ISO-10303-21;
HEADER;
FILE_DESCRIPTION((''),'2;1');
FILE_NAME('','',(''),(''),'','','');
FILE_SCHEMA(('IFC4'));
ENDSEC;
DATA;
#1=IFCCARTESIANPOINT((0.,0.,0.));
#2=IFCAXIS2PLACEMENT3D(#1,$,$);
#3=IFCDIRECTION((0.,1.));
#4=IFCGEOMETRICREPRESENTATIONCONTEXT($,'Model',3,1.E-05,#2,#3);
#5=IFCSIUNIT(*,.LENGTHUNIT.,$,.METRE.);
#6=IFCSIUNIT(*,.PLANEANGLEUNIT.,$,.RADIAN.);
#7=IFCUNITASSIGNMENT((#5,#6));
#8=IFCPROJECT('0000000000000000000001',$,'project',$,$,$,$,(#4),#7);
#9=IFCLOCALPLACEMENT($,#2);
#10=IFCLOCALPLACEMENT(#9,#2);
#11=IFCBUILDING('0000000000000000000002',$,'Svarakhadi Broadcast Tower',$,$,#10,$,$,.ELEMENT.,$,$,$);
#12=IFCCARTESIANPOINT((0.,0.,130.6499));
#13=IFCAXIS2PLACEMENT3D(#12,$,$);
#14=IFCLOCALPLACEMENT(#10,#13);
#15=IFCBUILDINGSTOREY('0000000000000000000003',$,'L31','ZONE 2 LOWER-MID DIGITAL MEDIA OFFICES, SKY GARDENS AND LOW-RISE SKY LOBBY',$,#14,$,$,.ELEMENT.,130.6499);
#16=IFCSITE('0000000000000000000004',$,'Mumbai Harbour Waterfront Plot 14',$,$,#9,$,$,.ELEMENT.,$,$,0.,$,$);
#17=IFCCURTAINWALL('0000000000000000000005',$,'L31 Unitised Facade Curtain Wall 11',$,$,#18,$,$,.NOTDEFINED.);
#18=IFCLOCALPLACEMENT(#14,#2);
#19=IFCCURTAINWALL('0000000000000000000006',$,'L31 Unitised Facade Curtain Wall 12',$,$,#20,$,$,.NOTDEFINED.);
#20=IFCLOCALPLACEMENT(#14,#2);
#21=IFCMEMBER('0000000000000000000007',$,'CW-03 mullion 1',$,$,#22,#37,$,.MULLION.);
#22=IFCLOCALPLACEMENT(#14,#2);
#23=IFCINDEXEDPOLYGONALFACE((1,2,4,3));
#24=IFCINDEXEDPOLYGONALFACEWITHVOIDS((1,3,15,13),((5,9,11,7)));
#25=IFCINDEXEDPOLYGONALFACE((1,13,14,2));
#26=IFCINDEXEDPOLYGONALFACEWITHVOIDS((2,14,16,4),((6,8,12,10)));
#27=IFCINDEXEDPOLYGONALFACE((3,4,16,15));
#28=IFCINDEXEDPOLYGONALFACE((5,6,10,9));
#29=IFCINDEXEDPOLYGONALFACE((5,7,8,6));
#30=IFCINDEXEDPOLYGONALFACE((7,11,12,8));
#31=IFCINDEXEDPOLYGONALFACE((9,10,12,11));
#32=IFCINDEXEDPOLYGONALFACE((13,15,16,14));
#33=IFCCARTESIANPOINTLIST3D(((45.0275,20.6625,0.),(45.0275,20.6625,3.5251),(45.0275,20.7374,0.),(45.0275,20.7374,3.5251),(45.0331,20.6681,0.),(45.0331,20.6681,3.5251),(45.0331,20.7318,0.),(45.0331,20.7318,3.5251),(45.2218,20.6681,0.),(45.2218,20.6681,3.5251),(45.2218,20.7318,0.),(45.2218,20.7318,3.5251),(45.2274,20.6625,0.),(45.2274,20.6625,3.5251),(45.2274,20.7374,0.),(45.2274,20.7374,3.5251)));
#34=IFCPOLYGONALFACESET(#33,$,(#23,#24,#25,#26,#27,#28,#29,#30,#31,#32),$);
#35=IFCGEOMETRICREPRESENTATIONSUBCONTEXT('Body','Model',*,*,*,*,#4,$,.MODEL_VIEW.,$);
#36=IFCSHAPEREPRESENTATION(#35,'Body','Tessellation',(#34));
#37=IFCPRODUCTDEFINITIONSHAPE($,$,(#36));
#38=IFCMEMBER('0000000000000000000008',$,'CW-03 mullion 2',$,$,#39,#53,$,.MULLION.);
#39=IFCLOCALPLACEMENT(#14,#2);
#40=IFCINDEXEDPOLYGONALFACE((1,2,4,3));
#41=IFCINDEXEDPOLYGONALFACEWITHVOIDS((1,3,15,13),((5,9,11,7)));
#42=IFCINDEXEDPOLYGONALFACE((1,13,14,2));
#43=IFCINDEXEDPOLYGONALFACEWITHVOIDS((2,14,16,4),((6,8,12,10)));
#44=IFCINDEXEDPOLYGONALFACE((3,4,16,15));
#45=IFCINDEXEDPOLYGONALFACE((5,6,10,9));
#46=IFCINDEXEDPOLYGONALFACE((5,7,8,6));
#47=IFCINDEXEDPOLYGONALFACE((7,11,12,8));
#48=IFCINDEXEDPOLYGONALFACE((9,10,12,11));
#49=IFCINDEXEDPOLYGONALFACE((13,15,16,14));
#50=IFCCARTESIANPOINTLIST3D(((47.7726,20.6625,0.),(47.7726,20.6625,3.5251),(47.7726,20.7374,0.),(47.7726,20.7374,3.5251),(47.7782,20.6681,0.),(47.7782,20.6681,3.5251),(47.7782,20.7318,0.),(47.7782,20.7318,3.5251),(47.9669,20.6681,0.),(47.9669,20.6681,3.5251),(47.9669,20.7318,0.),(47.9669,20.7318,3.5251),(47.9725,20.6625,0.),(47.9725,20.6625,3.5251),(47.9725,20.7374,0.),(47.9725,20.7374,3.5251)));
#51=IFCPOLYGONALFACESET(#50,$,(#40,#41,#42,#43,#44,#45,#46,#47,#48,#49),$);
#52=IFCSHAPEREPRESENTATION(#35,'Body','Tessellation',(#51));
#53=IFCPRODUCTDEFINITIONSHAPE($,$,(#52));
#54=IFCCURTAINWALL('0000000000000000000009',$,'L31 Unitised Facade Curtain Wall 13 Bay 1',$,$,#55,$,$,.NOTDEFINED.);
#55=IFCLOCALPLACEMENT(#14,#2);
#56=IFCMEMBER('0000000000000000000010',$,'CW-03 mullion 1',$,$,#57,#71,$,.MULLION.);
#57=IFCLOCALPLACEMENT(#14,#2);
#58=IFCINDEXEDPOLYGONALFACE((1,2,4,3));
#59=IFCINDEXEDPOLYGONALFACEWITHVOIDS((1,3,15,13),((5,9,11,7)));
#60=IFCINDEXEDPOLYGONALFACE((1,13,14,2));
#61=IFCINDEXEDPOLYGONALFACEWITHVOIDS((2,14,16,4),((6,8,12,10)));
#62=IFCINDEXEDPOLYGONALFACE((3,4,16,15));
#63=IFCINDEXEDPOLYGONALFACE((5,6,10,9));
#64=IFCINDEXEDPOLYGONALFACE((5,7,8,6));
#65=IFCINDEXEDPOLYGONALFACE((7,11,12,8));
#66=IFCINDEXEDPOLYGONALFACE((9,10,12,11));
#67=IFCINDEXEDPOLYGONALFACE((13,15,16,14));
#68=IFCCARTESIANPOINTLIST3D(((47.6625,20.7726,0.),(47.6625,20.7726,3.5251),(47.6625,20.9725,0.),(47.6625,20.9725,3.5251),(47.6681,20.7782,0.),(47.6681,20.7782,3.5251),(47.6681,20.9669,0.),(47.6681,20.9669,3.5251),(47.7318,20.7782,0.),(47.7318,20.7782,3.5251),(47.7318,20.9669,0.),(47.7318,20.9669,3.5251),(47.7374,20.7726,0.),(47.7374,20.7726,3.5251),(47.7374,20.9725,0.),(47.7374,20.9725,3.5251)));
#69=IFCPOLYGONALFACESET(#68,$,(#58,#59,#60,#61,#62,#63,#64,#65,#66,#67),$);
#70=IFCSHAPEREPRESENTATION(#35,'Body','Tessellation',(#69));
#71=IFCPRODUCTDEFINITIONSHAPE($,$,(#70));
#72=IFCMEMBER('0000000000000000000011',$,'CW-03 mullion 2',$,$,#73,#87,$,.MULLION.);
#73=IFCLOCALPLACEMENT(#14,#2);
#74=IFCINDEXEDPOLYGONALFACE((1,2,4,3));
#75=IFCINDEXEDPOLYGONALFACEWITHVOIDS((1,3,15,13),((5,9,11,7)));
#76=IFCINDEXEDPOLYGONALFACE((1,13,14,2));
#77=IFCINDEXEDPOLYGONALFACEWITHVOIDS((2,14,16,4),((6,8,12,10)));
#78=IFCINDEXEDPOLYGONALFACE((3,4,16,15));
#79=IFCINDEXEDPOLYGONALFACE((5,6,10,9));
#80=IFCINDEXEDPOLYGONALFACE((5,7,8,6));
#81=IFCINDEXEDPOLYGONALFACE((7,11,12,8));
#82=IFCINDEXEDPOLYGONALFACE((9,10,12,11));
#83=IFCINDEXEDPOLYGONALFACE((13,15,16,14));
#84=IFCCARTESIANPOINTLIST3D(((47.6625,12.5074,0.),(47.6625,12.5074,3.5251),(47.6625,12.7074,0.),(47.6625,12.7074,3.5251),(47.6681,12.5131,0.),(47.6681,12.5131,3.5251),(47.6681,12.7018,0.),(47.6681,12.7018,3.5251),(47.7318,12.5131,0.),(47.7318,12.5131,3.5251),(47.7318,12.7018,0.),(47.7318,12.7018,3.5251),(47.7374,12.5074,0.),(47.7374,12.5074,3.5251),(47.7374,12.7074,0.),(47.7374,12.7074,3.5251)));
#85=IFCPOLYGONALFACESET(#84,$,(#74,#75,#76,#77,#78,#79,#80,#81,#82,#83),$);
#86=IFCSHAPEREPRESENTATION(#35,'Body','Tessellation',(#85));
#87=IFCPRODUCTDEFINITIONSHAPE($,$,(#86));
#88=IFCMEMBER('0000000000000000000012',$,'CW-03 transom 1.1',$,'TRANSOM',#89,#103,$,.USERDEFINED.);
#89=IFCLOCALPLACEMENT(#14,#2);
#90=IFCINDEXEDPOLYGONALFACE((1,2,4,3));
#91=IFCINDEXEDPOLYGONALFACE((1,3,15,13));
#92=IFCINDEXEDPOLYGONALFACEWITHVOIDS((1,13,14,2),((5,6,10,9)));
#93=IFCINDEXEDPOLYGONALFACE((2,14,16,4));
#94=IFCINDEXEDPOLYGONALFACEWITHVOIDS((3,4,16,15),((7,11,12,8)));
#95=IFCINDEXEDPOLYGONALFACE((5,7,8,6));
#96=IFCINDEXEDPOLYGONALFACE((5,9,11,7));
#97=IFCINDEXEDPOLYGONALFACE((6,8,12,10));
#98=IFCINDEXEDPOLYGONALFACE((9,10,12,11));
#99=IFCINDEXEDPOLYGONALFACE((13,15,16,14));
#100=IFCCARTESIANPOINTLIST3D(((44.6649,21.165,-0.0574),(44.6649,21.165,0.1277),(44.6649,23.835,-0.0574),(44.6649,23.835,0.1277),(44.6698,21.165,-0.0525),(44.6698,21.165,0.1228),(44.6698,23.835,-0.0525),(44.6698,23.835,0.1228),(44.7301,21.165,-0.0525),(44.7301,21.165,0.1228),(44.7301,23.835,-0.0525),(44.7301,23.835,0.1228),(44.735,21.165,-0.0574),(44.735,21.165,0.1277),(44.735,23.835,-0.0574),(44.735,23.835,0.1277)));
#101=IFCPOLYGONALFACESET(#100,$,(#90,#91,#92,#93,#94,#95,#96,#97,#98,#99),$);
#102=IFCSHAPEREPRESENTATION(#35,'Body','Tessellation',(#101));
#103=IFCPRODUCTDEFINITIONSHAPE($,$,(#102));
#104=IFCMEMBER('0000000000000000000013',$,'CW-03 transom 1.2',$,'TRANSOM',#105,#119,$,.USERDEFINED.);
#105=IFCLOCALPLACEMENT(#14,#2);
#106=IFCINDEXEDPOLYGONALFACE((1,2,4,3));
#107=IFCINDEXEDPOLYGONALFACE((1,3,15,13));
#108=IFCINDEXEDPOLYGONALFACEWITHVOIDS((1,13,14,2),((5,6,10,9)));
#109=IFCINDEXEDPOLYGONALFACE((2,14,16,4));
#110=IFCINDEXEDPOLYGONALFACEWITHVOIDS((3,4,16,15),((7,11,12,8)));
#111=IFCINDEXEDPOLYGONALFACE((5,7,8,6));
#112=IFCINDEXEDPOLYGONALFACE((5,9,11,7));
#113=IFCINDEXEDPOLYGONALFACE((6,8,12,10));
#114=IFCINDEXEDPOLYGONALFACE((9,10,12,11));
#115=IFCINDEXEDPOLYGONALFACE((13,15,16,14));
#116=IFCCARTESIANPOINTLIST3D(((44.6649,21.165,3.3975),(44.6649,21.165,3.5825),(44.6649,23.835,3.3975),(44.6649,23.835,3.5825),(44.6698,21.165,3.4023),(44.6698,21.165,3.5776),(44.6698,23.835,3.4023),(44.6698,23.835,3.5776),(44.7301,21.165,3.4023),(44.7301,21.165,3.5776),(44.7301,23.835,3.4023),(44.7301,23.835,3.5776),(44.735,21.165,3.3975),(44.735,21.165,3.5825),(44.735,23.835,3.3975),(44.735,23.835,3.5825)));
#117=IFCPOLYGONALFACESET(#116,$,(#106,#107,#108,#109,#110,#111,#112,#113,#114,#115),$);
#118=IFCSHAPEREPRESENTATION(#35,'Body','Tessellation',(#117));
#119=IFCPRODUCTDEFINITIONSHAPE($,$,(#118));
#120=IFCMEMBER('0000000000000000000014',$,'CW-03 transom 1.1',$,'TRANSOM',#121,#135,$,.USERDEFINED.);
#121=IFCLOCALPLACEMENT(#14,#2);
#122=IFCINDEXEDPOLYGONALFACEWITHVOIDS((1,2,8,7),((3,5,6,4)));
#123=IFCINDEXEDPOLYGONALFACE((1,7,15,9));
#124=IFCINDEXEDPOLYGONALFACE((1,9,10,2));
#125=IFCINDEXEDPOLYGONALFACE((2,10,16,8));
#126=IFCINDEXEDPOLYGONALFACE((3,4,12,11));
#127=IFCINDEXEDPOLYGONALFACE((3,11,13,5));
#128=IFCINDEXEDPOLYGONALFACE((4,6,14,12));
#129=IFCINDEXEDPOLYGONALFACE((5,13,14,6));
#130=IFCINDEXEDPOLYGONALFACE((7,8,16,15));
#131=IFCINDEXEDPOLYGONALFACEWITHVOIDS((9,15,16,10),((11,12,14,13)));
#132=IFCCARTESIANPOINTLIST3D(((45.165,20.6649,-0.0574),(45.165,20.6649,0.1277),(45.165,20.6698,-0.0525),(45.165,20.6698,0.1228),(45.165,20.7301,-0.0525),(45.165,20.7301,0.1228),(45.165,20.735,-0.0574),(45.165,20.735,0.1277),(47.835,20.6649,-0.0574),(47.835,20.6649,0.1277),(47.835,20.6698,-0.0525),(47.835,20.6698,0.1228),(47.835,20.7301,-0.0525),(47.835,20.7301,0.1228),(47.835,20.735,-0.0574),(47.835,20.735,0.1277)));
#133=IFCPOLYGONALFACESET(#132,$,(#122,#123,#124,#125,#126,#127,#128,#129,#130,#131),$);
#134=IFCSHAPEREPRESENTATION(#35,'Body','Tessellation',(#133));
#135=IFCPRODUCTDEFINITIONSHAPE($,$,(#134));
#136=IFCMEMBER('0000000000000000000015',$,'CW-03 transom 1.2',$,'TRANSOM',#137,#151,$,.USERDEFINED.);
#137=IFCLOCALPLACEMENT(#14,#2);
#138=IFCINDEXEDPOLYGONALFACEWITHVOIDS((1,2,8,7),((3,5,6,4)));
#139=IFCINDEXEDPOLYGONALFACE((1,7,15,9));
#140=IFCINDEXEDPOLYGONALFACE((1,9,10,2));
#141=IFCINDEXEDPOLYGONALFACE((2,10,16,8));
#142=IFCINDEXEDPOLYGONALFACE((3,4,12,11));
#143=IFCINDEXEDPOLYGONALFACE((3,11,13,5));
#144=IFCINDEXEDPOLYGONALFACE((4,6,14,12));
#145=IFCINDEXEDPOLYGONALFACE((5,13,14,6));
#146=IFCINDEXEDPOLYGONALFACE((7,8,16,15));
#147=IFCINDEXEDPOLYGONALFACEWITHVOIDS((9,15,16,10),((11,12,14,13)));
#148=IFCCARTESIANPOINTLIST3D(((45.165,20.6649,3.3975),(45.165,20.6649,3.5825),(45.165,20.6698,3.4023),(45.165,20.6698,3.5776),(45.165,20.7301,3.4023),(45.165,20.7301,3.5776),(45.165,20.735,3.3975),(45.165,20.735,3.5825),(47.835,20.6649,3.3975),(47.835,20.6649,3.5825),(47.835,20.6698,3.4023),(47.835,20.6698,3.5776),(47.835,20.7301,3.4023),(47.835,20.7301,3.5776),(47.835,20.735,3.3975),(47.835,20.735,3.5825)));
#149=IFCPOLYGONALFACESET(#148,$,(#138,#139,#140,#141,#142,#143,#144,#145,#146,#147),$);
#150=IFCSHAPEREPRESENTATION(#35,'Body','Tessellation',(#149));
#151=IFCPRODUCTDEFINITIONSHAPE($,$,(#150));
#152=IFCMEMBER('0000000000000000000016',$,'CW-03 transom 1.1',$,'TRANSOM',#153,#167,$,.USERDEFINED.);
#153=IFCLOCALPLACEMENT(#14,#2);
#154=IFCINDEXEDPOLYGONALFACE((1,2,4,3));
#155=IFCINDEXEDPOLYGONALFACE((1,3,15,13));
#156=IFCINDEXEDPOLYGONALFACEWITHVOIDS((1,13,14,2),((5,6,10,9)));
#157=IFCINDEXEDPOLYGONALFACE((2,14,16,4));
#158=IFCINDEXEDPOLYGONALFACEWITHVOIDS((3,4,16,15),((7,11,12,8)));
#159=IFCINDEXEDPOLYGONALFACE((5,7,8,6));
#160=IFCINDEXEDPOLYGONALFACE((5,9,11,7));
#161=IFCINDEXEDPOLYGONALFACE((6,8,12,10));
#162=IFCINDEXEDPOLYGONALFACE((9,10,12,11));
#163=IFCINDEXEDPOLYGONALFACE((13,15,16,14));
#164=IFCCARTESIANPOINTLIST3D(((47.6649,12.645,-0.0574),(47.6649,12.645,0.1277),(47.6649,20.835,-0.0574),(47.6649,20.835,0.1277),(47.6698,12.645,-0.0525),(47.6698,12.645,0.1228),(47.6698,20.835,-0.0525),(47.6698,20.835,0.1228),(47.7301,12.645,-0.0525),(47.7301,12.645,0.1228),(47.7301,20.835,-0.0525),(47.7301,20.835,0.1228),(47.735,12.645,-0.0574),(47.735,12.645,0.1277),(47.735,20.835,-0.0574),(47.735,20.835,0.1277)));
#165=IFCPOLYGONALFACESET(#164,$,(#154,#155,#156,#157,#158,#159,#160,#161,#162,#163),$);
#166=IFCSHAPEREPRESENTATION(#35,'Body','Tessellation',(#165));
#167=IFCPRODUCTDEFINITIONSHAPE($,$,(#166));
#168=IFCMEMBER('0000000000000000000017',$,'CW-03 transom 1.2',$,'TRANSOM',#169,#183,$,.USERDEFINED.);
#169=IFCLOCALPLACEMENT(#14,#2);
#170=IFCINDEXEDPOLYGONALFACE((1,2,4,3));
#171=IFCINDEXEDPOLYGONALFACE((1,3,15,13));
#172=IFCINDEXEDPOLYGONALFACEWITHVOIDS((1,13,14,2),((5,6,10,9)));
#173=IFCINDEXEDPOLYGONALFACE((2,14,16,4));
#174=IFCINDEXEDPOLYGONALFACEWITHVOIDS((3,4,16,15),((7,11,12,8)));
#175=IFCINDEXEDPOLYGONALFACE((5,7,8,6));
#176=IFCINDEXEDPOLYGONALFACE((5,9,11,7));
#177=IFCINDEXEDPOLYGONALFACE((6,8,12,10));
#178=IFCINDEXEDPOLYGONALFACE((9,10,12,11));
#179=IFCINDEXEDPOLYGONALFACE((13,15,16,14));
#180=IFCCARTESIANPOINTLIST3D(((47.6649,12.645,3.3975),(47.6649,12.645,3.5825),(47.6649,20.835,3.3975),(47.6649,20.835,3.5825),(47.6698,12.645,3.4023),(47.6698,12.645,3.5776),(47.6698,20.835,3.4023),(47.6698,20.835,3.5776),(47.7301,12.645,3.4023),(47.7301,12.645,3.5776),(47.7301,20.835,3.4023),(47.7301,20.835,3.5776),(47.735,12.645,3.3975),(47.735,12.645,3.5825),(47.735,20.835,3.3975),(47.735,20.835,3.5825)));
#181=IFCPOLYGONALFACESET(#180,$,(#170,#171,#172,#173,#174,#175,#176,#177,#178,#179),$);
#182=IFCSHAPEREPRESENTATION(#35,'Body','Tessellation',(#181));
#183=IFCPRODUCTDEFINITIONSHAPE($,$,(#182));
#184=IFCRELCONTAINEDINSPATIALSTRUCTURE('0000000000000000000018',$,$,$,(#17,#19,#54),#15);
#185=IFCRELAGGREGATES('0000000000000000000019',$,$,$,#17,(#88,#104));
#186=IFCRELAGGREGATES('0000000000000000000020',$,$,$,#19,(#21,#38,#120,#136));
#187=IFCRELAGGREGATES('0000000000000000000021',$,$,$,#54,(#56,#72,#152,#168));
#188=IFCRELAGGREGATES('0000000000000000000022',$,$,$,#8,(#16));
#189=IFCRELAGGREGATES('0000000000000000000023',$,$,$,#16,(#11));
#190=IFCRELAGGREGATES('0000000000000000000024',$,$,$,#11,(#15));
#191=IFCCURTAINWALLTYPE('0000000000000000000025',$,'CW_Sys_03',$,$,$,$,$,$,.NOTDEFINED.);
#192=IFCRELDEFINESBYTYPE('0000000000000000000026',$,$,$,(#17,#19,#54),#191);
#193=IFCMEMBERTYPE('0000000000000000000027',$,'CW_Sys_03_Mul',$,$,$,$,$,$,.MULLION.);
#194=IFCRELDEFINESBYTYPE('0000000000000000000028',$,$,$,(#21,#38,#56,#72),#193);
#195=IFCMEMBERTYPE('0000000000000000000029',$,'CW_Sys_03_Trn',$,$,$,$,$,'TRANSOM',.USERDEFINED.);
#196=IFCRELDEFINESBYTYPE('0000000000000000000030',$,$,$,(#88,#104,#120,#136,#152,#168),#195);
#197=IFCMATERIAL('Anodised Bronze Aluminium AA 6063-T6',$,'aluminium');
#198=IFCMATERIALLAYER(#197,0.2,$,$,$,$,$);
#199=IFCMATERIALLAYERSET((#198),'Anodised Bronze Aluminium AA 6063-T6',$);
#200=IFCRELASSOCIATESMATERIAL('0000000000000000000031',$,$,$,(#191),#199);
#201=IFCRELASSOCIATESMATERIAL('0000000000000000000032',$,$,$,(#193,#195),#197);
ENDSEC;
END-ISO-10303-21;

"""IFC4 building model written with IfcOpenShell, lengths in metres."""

from ifc_helpers import new_model, si_unit, direction, frame, origin, origin_2d, place, context, subcontext, project, spatial, hollow_rectangle, extrude, material, layer, layer_set, material_profile, profile_set, type_object, element, aggregate, save


model = new_model("IFC4")

# Units and contexts
model_context = context("Model", 3, precision=1e-05, world=origin(), true_north=direction((0.0, 1.0)))
body_context = subcontext(model_context, "Body", "Model", "MODEL_VIEW")
ifc_project = project(units=[si_unit("LENGTHUNIT", "METRE"), si_unit("PLANEANGLEUNIT", "RADIAN")], contexts=[model_context])

# Site, building, storey
site_placement = place(None, origin())
site = spatial("IfcSite", under=ifc_project, at=site_placement, Name="Mumbai Harbour Waterfront Plot 14", CompositionType="ELEMENT", RefElevation=0.0)
building_placement = place(site_placement, origin())
building = spatial("IfcBuilding", under=site, at=building_placement, Name="Svarakhadi Broadcast Tower", CompositionType="ELEMENT")
storey_placement = place(building_placement, frame((0.0, 0.0, 130.6499)))
storey = spatial("IfcBuildingStorey", under=building, at=storey_placement, Name="L31", Description="ZONE 2 LOWER-MID DIGITAL MEDIA OFFICES, SKY GARDENS AND LOW-RISE SKY LOBBY", CompositionType="ELEMENT", Elevation=130.6499)

# Shared definitions
ifc_material_1 = material(Name="Anodised Bronze Aluminium AA 6063-T6", Category="aluminium")
ifc_layer_1 = layer(ifc_material_1, 0.2)
ifc_layer_set_1 = layer_set([ifc_layer_1], Name="Anodised Bronze Aluminium AA 6063-T6")
curtain_wall_type = type_object("IfcCurtainWallType", Name="CW_Sys_03", PredefinedType="NOTDEFINED", material=ifc_layer_set_1)
ifc_material_profile_1 = material_profile(ifc_material_1, hollow_rectangle(XDim=0.075, YDim=0.2, WallThickness=0.0056, at=origin_2d()), Name="ALU MULLION 200x75x6")
ifc_profile_set_1 = profile_set([ifc_material_profile_1], Name="Anodised Bronze Aluminium AA 6063-T6")
member_type_1 = type_object("IfcMemberType", Name="CW_Sys_03_Mul", PredefinedType="MULLION", material=ifc_profile_set_1)

# Curtain walls, members
curtain_wall_1_placement = place(storey_placement, origin())
curtain_wall_1 = element("IfcCurtainWall", 1, at=curtain_wall_1_placement, inside=storey, type_object=curtain_wall_type, Name="L31 Unitised Facade Curtain Wall 11", PredefinedType="NOTDEFINED")
curtain_wall_2_placement = place(storey_placement, origin())
curtain_wall_2 = element("IfcCurtainWall", 2, at=curtain_wall_2_placement, inside=storey, type_object=curtain_wall_type, Name="L31 Unitised Facade Curtain Wall 12", PredefinedType="NOTDEFINED")
member_1_placement = place(storey_placement, frame((45.1274, 20.7, 0.0), z_axis=(0.0, 0.0, 1.0), x_axis=(0.0, 1.0, 0.0)))
member_1 = element("IfcMember", 3, at=member_1_placement, type_object=member_type_1, Name="CW-03 mullion 1", PredefinedType="MULLION", context=body_context, shape_type="SweptSolid", body=[
    extrude(hollow_rectangle(XDim=0.075, YDim=0.2, WallThickness=0.0056, at=origin_2d()), origin(), (0.0, 0.0, 1.0), 3.5251),
])
member_2_placement = place(storey_placement, frame((47.8726, 20.7, 0.0), z_axis=(0.0, 0.0, 1.0), x_axis=(0.0, 1.0, 0.0)))
member_2 = element("IfcMember", 4, at=member_2_placement, type_object=member_type_1, Name="CW-03 mullion 2", PredefinedType="MULLION", context=body_context, shape_type="SweptSolid", body=[
    extrude(hollow_rectangle(XDim=0.075, YDim=0.2, WallThickness=0.0056, at=origin_2d()), origin(), (0.0, 0.0, 1.0), 3.5251),
])
curtain_wall_3_placement = place(storey_placement, origin())
curtain_wall_3 = element("IfcCurtainWall", 5, at=curtain_wall_3_placement, inside=storey, type_object=curtain_wall_type, Name="L31 Unitised Facade Curtain Wall 13 Bay 1", PredefinedType="NOTDEFINED")
member_3_placement = place(storey_placement, frame((47.7, 20.8726, 0.0), z_axis=(0.0, 0.0, 1.0), x_axis=(1.0, 0.0, 0.0)))
member_3 = element("IfcMember", 6, at=member_3_placement, type_object=member_type_1, Name="CW-03 mullion 1", PredefinedType="MULLION", context=body_context, shape_type="SweptSolid", body=[
    extrude(hollow_rectangle(XDim=0.075, YDim=0.2, WallThickness=0.0056, at=origin_2d()), origin(), (0.0, 0.0, 1.0), 3.5251),
])
member_4_placement = place(storey_placement, frame((47.7, 12.6074, 0.0), z_axis=(0.0, 0.0, 1.0), x_axis=(1.0, 0.0, 0.0)))
member_4 = element("IfcMember", 7, at=member_4_placement, type_object=member_type_1, Name="CW-03 mullion 2", PredefinedType="MULLION", context=body_context, shape_type="SweptSolid", body=[
    extrude(hollow_rectangle(XDim=0.075, YDim=0.2, WallThickness=0.0056, at=origin_2d()), origin(), (0.0, 0.0, 1.0), 3.5251),
])

# Members
ifc_material_profile_2 = material_profile(ifc_material_1, hollow_rectangle(XDim=0.0701, YDim=0.1851, WallThickness=0.0049, at=origin_2d()), Name="ALU TRANSOM 185x70x5")
ifc_profile_set_2 = profile_set([ifc_material_profile_2], Name="Anodised Bronze Aluminium AA 6063-T6")
member_type_2 = type_object("IfcMemberType", Name="CW_Sys_03_Trn", ElementType="TRANSOM", PredefinedType="USERDEFINED", material=ifc_profile_set_2)
member_5_placement = place(storey_placement, frame((44.7, 23.835, 0.0352), z_axis=(0.0, -1.0, 0.0), x_axis=(1.0, 0.0, 0.0)))
member_5 = element("IfcMember", 8, at=member_5_placement, type_object=member_type_2, Name="CW-03 transom 1.1", ObjectType="TRANSOM", PredefinedType="USERDEFINED", context=body_context, shape_type="SweptSolid", body=[
    extrude(hollow_rectangle(XDim=0.0701, YDim=0.1851, WallThickness=0.0049, at=origin_2d()), origin(), (0.0, 0.0, 1.0), 2.6699),
])
member_6_placement = place(storey_placement, frame((44.7, 23.835, 3.49), z_axis=(0.0, -1.0, 0.0), x_axis=(1.0, 0.0, 0.0)))
member_6 = element("IfcMember", 9, at=member_6_placement, type_object=member_type_2, Name="CW-03 transom 1.2", ObjectType="TRANSOM", PredefinedType="USERDEFINED", context=body_context, shape_type="SweptSolid", body=[
    extrude(hollow_rectangle(XDim=0.0701, YDim=0.1851, WallThickness=0.0049, at=origin_2d()), origin(), (0.0, 0.0, 1.0), 2.6699),
])
member_7_placement = place(storey_placement, frame((45.165, 20.7, 0.0352), z_axis=(1.0, 0.0, 0.0), x_axis=(0.0, 1.0, 0.0)))
member_7 = element("IfcMember", 10, at=member_7_placement, type_object=member_type_2, Name="CW-03 transom 1.1", ObjectType="TRANSOM", PredefinedType="USERDEFINED", context=body_context, shape_type="SweptSolid", body=[
    extrude(hollow_rectangle(XDim=0.0701, YDim=0.1851, WallThickness=0.0049, at=origin_2d()), origin(), (0.0, 0.0, 1.0), 2.6699),
])
member_8_placement = place(storey_placement, frame((45.165, 20.7, 3.49), z_axis=(1.0, 0.0, 0.0), x_axis=(0.0, 1.0, 0.0)))
member_8 = element("IfcMember", 11, at=member_8_placement, type_object=member_type_2, Name="CW-03 transom 1.2", ObjectType="TRANSOM", PredefinedType="USERDEFINED", context=body_context, shape_type="SweptSolid", body=[
    extrude(hollow_rectangle(XDim=0.0701, YDim=0.1851, WallThickness=0.0049, at=origin_2d()), origin(), (0.0, 0.0, 1.0), 2.6699),
])
member_9_placement = place(storey_placement, frame((47.7, 20.835, 0.0352), z_axis=(0.0, -1.0, 0.0), x_axis=(1.0, 0.0, 0.0)))
member_9 = element("IfcMember", 12, at=member_9_placement, type_object=member_type_2, Name="CW-03 transom 1.1", ObjectType="TRANSOM", PredefinedType="USERDEFINED", context=body_context, shape_type="SweptSolid", body=[
    extrude(hollow_rectangle(XDim=0.0701, YDim=0.1851, WallThickness=0.0049, at=origin_2d()), origin(), (0.0, 0.0, 1.0), 8.1899),
])
member_10_placement = place(storey_placement, frame((47.7, 20.835, 3.49), z_axis=(0.0, -1.0, 0.0), x_axis=(1.0, 0.0, 0.0)))
member_10 = element("IfcMember", 13, at=member_10_placement, type_object=member_type_2, Name="CW-03 transom 1.2", ObjectType="TRANSOM", PredefinedType="USERDEFINED", context=body_context, shape_type="SweptSolid", body=[
    extrude(hollow_rectangle(XDim=0.0701, YDim=0.1851, WallThickness=0.0049, at=origin_2d()), origin(), (0.0, 0.0, 1.0), 8.1899),
])

aggregate(curtain_wall_1, [member_5, member_6])
aggregate(curtain_wall_2, [member_1, member_2, member_7, member_8])
aggregate(curtain_wall_3, [member_3, member_4, member_9, member_10])

save(model, "model.ifc")
